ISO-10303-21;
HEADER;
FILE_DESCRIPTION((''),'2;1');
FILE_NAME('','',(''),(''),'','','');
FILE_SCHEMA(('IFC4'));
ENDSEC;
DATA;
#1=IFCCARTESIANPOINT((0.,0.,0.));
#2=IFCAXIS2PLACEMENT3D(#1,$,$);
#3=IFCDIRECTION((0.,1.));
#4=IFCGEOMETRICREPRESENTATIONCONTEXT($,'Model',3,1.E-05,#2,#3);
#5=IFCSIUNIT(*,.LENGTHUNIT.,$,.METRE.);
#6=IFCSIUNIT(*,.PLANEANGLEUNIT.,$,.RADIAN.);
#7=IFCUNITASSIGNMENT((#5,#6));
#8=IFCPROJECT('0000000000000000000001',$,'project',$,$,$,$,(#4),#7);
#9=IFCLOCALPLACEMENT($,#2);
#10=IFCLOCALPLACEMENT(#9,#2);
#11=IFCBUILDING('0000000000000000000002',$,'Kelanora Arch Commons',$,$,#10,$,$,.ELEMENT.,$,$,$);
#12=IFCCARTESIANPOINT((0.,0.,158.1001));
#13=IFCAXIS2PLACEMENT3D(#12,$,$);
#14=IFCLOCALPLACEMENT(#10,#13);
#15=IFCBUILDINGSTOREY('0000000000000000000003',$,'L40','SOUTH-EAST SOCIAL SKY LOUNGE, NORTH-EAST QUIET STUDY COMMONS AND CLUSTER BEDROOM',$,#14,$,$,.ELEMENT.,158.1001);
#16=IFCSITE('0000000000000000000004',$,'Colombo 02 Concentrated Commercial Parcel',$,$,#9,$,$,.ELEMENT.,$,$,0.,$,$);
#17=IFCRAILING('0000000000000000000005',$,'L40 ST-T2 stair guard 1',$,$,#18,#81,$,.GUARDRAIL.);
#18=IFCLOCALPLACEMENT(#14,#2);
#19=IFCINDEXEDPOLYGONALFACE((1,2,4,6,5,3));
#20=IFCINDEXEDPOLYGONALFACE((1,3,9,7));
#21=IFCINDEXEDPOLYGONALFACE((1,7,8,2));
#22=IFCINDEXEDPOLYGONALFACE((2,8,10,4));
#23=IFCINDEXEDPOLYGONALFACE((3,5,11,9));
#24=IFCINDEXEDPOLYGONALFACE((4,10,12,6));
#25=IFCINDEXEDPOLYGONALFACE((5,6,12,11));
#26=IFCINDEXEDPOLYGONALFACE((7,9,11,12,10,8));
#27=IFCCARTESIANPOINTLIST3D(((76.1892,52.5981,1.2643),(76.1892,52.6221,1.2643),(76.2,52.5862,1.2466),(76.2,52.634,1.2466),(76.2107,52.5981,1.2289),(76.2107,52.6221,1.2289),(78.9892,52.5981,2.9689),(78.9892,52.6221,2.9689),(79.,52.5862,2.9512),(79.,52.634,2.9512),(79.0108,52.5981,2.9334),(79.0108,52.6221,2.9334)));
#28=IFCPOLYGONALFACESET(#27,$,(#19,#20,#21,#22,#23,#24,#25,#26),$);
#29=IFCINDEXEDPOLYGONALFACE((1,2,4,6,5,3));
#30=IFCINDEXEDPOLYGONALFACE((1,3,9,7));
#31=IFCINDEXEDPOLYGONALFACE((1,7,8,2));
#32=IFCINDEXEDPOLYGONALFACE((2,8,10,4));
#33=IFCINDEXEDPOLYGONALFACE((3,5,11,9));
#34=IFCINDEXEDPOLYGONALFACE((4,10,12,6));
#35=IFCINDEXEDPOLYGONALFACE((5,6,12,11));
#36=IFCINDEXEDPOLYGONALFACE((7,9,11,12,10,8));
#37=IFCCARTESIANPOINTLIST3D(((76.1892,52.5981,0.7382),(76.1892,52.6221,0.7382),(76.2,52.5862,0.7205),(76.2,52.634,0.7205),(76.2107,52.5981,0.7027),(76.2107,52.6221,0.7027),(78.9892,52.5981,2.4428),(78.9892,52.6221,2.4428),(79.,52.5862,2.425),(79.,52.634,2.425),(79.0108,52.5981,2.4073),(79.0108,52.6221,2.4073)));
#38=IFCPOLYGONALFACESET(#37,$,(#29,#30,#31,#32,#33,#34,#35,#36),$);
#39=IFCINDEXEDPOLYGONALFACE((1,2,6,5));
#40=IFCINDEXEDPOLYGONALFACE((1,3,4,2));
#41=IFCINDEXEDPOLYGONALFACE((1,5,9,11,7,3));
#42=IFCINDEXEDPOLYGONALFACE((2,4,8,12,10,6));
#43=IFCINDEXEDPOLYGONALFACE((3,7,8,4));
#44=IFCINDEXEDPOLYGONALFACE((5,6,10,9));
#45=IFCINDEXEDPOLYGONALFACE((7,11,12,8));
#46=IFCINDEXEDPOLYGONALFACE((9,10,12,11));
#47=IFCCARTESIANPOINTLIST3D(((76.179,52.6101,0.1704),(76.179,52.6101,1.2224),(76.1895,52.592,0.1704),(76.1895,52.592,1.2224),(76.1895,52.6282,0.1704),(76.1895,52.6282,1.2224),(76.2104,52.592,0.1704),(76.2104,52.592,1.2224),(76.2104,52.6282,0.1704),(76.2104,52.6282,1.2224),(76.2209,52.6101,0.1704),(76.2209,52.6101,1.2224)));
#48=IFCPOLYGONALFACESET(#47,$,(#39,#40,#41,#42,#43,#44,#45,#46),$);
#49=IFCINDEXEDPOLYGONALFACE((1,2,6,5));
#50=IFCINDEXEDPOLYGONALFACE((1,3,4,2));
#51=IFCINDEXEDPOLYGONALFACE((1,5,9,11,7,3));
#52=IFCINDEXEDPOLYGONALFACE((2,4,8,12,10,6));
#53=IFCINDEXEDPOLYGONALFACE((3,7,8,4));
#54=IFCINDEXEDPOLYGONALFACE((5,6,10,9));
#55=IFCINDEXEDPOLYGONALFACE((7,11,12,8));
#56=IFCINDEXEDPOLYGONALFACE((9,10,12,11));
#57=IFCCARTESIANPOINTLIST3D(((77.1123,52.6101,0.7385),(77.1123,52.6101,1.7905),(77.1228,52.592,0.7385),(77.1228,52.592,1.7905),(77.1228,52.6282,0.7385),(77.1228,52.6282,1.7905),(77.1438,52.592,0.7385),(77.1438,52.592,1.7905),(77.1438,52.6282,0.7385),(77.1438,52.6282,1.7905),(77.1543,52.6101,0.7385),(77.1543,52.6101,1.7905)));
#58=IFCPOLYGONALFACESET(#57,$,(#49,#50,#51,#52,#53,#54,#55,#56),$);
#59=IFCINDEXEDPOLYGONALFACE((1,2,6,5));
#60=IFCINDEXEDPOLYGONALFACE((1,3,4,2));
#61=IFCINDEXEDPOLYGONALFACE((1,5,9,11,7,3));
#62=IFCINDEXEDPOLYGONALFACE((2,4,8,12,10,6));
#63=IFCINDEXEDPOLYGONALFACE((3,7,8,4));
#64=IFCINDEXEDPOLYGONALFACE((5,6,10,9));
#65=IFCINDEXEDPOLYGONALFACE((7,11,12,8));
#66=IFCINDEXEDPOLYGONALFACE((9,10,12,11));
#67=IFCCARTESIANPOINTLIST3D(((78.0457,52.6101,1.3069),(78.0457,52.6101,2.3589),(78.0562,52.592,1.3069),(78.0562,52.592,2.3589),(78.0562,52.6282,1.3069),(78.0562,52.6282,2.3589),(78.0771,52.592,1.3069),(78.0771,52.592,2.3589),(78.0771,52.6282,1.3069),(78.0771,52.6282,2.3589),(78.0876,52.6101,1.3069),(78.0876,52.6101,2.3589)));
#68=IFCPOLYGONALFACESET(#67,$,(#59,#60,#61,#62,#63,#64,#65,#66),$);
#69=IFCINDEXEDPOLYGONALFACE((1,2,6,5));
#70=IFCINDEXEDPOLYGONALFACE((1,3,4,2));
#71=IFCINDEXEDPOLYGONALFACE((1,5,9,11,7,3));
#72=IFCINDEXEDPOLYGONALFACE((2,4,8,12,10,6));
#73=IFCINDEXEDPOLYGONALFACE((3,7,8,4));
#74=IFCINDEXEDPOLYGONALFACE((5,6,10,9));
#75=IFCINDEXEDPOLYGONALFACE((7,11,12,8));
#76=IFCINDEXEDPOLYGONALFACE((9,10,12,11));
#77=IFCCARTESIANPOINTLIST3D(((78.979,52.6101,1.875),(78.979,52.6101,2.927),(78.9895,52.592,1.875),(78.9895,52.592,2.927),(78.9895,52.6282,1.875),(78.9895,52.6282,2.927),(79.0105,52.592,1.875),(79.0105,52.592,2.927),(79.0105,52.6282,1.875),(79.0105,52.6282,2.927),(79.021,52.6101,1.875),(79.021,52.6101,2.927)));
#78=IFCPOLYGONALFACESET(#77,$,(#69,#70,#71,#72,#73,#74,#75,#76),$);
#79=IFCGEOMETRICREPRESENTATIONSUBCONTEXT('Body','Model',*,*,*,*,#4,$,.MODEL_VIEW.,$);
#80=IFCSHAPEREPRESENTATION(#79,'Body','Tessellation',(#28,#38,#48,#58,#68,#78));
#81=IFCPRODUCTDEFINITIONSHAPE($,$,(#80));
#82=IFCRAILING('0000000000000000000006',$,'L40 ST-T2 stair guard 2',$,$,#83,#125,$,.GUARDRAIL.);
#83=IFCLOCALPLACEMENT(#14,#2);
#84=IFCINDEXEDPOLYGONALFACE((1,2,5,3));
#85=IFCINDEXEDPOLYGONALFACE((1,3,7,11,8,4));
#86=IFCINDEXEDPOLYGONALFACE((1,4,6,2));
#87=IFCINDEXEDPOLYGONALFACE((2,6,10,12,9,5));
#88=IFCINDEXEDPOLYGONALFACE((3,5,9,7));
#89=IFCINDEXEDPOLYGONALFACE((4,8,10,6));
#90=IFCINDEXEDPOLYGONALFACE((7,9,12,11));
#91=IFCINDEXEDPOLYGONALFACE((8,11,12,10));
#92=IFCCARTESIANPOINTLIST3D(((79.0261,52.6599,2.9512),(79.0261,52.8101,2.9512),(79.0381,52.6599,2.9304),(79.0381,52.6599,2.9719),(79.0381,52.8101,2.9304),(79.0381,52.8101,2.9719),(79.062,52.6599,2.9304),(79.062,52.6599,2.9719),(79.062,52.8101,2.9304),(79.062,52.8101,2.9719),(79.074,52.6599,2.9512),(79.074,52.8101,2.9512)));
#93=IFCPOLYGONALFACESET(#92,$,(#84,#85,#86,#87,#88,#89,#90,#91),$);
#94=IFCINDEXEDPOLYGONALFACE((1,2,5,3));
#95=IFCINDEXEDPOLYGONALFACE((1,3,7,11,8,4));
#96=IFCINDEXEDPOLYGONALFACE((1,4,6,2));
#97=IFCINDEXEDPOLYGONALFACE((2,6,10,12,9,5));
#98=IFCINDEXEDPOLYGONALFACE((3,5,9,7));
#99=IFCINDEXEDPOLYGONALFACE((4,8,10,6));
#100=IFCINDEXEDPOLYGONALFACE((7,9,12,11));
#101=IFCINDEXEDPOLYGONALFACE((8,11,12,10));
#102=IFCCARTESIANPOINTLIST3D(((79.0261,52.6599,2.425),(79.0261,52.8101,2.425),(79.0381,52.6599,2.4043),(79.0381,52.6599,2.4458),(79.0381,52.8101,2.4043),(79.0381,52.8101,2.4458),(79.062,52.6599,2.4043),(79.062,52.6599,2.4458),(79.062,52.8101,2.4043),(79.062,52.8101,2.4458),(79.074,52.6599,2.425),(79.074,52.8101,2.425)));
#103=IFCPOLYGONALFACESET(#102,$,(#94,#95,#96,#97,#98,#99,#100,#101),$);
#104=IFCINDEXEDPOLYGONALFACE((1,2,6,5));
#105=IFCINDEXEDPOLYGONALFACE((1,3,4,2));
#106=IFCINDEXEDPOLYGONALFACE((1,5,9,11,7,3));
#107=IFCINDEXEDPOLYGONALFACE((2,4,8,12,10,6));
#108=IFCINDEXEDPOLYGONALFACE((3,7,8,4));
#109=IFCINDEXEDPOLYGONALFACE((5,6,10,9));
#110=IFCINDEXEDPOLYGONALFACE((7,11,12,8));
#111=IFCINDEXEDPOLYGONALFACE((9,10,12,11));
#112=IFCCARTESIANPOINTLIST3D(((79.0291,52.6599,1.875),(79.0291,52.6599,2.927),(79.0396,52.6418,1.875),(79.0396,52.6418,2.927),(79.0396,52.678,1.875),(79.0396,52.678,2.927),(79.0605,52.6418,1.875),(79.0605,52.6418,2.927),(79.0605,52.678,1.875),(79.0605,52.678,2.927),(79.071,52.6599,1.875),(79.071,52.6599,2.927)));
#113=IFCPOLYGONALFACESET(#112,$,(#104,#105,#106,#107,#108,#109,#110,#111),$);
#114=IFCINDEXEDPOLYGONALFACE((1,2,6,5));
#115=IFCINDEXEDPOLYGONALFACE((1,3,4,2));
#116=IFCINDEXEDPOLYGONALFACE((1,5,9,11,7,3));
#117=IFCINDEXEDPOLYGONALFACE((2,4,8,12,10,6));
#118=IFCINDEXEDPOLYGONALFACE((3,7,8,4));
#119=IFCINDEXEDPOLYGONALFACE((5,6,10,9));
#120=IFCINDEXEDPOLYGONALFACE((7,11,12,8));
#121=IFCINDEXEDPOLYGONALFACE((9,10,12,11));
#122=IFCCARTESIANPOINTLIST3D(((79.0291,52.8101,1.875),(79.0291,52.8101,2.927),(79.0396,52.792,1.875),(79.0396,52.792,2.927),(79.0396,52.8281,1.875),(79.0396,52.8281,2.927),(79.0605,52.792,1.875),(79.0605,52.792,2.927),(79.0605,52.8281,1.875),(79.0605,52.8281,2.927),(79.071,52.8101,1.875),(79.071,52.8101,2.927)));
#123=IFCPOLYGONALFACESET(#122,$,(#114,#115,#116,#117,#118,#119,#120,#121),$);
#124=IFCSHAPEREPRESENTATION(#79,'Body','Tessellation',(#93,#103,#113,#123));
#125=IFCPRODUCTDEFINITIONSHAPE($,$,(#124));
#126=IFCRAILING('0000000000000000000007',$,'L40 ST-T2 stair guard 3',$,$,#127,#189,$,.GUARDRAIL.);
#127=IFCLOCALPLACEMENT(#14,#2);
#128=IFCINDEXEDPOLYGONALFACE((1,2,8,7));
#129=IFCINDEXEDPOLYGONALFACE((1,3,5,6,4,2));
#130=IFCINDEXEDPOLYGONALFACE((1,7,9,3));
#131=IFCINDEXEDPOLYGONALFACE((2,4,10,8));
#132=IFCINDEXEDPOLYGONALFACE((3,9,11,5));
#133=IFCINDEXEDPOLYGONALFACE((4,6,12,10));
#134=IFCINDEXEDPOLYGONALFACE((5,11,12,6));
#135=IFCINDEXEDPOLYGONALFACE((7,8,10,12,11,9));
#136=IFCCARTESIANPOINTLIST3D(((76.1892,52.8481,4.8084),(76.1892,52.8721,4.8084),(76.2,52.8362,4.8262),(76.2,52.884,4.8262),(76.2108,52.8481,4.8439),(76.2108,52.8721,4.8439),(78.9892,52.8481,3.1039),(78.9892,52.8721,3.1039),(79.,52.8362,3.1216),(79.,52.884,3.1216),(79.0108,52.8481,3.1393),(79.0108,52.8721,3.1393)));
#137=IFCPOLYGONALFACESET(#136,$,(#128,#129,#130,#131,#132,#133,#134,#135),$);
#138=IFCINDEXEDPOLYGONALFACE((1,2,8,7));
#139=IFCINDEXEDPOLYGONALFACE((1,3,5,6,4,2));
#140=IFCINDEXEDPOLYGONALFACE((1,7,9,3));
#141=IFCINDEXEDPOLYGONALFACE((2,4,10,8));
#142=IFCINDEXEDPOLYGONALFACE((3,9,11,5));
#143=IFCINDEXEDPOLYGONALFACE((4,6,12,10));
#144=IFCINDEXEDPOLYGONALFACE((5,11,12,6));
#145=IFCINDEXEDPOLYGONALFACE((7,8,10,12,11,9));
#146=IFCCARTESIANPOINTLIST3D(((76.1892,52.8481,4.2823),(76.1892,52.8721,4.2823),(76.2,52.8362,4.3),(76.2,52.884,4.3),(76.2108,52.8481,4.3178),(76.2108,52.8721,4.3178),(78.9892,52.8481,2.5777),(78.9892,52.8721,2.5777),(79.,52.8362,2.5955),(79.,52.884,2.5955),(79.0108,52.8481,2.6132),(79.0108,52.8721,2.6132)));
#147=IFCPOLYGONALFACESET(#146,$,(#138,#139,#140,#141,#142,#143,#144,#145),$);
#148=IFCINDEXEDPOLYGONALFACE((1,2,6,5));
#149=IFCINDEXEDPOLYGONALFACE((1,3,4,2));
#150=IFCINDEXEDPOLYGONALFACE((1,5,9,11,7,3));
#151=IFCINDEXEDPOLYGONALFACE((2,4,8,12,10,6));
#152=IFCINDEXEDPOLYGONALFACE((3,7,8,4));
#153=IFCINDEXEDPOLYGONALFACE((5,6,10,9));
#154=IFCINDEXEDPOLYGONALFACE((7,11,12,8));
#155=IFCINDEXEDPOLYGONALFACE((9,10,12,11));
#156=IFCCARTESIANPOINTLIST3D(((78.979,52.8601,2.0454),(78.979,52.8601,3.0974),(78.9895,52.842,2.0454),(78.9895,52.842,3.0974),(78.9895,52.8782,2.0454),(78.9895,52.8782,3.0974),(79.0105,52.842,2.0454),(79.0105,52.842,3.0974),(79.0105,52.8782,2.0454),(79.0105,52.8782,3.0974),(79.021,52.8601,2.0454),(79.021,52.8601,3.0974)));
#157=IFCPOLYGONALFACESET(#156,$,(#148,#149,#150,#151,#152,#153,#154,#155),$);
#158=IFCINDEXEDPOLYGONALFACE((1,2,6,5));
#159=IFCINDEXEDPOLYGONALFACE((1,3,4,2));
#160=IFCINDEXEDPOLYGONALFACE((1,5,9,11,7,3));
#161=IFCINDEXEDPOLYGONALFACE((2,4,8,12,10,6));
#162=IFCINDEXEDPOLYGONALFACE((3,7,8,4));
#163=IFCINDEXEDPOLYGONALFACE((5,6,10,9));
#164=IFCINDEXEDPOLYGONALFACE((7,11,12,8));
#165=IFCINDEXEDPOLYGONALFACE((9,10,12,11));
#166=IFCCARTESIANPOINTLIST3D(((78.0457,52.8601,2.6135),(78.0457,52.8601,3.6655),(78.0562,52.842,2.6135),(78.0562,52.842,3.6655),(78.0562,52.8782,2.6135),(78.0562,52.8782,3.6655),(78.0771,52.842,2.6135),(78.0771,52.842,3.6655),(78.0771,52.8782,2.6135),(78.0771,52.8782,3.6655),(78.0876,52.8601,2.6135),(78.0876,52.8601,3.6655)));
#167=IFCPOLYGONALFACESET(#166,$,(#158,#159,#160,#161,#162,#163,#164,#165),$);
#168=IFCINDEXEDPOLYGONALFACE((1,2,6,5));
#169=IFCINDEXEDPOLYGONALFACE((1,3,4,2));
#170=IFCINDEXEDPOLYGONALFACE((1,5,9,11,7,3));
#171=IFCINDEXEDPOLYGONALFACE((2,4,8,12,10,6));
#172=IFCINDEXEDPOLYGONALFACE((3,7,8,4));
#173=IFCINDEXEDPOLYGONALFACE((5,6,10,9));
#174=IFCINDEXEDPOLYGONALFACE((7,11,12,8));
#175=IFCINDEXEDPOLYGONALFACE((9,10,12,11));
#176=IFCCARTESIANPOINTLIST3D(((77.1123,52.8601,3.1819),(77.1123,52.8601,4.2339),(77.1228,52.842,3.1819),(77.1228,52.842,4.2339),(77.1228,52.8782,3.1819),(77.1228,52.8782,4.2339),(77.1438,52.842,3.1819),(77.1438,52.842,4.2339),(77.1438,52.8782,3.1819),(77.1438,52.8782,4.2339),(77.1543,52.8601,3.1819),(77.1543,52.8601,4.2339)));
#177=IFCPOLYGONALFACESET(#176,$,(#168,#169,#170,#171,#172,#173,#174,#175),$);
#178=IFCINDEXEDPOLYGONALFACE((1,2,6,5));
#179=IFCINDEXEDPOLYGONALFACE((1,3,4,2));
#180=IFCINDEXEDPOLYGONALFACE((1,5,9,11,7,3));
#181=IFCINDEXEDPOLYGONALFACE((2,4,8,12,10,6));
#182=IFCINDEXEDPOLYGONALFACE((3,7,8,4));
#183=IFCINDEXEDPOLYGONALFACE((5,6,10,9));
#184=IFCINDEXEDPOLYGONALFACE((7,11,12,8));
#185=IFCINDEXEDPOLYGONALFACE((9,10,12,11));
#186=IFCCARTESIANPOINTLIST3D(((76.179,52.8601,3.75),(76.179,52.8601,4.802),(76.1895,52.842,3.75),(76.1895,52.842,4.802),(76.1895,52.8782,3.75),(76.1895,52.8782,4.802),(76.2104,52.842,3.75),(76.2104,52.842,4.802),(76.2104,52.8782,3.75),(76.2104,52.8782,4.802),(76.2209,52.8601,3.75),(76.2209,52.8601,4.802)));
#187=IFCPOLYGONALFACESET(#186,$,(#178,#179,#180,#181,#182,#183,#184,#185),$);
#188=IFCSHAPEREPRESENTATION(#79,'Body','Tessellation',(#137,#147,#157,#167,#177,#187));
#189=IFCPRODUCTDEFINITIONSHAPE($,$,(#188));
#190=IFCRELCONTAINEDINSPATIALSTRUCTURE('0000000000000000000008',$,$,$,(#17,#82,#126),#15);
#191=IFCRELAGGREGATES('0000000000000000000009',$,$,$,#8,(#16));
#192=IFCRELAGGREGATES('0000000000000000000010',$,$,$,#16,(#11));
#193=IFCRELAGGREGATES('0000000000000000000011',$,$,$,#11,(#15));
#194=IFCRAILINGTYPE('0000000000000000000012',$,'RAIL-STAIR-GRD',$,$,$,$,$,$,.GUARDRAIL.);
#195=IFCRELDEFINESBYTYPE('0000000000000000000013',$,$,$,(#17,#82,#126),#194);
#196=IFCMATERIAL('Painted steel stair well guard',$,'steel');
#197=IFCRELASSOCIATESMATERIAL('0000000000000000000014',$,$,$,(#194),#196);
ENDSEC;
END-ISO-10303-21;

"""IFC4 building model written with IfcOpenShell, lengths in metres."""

from ifc_helpers import new_model, si_unit, direction, frame, origin, place, context, subcontext, project, spatial, polyline, outline, extrude, material, type_object, element, save


model = new_model("IFC4")

# Units and contexts
model_context = context("Model", 3, precision=1e-05, world=origin(), true_north=direction((0.0, 1.0)))
body_context = subcontext(model_context, "Body", "Model", "MODEL_VIEW")
ifc_project = project(units=[si_unit("LENGTHUNIT", "METRE"), si_unit("PLANEANGLEUNIT", "RADIAN")], contexts=[model_context])

# Site, building, storey
site_placement = place(None, origin())
site = spatial("IfcSite", under=ifc_project, at=site_placement, Name="Colombo 02 Concentrated Commercial Parcel", CompositionType="ELEMENT", RefElevation=0.0)
building_placement = place(site_placement, origin())
building = spatial("IfcBuilding", under=site, at=building_placement, Name="Kelanora Arch Commons", CompositionType="ELEMENT")
storey_placement = place(building_placement, frame((0.0, 0.0, 158.1001)))
storey = spatial("IfcBuildingStorey", under=building, at=storey_placement, Name="L40", Description="SOUTH-EAST SOCIAL SKY LOUNGE, NORTH-EAST QUIET STUDY COMMONS AND CLUSTER BEDROOM", CompositionType="ELEMENT", Elevation=158.1001)

# Railings
ifc_material_1 = material(Name="Painted steel stair well guard", Category="steel")
railing_type_1 = type_object("IfcRailingType", Name="RAIL-STAIR-GRD", PredefinedType="GUARDRAIL", material=ifc_material_1)
railing_1_placement = place(storey_placement, frame((76.2, 52.6101, 0.1704)))
element("IfcRailing", 1, at=railing_1_placement, inside=storey, type_object=railing_type_1, Name="L40 ST-T2 stair guard 1", PredefinedType="GUARDRAIL", context=body_context, shape_type="SweptSolid", body=[
    extrude(outline(polyline([(0.0239, 0.0), (0.012, 0.0208), (-0.012, 0.0208), (-0.0239, 0.0), (-0.012, -0.0208), (0.012, -0.0208), (0.0239, 0.0)])), frame((0.0, 0.0, 1.0762), z_axis=(0.85417, 0.0, 0.519994), x_axis=(0.0, 1.0, 0.0)), (0.0, 0.0, 1.0), 3.2781),
    extrude(outline(polyline([(0.0239, 0.0), (0.012, 0.0208), (-0.012, 0.0208), (-0.0239, 0.0), (-0.012, -0.0208), (0.012, -0.0208), (0.0239, 0.0)])), frame((0.0, 0.0, 0.55), z_axis=(0.85417, 0.0, 0.519994), x_axis=(0.0, 1.0, 0.0)), (0.0, 0.0, 1.0), 3.2781),
    extrude(outline(polyline([(0.021, 0.0), (0.0105, 0.0181), (-0.0105, 0.0181), (-0.021, 0.0), (-0.0105, -0.0181), (0.0105, -0.0181), (0.021, 0.0)])), origin(), (0.0, 0.0, 1.0), 1.052),
    extrude(outline(polyline([(0.021, 0.0), (0.0105, 0.0181), (-0.0105, 0.0181), (-0.021, 0.0), (-0.0105, -0.0181), (0.0105, -0.0181), (0.021, 0.0)])), frame((0.9333, 0.0, 0.5681)), (0.0, 0.0, 1.0), 1.052),
    extrude(outline(polyline([(0.021, 0.0), (0.0105, 0.0181), (-0.0105, 0.0181), (-0.021, 0.0), (-0.0105, -0.0181), (0.0105, -0.0181), (0.021, 0.0)])), frame((1.8667, 0.0, 1.1365)), (0.0, 0.0, 1.0), 1.052),
    extrude(outline(polyline([(0.021, 0.0), (0.0105, 0.0181), (-0.0105, 0.0181), (-0.021, 0.0), (-0.0105, -0.0181), (0.0105, -0.0181), (0.021, 0.0)])), frame((2.8, 0.0, 1.7046)), (0.0, 0.0, 1.0), 1.052),
])
railing_2_placement = place(storey_placement, frame((79.05, 52.6599, 1.875)))
element("IfcRailing", 2, at=railing_2_placement, inside=storey, type_object=railing_type_1, Name="L40 ST-T2 stair guard 2", PredefinedType="GUARDRAIL", context=body_context, shape_type="SweptSolid", body=[
    extrude(outline(polyline([(0.0239, 0.0), (0.012, 0.0208), (-0.012, 0.0208), (-0.0239, 0.0), (-0.012, -0.0208), (0.012, -0.0208), (0.0239, 0.0)])), frame((0.0, 0.0, 1.0762), z_axis=(0.0, 1.0, 0.0), x_axis=(-1.0, 0.0, 0.0)), (0.0, 0.0, 1.0), 0.1501),
    extrude(outline(polyline([(0.0239, 0.0), (0.012, 0.0208), (-0.012, 0.0208), (-0.0239, 0.0), (-0.012, -0.0208), (0.012, -0.0208), (0.0239, 0.0)])), frame((0.0, 0.0, 0.55), z_axis=(0.0, 1.0, 0.0), x_axis=(-1.0, 0.0, 0.0)), (0.0, 0.0, 1.0), 0.1501),
    extrude(outline(polyline([(0.021, 0.0), (0.0105, 0.0181), (-0.0105, 0.0181), (-0.021, 0.0), (-0.0105, -0.0181), (0.0105, -0.0181), (0.021, 0.0)])), origin(), (0.0, 0.0, 1.0), 1.052),
    extrude(outline(polyline([(0.021, 0.0), (0.0105, 0.0181), (-0.0105, 0.0181), (-0.021, 0.0), (-0.0105, -0.0181), (0.0105, -0.0181), (0.021, 0.0)])), frame((0.0, 0.1501, 0.0)), (0.0, 0.0, 1.0), 1.052),
])
railing_3_placement = place(storey_placement, frame((79.0, 52.8601, 2.0454)))
element("IfcRailing", 3, at=railing_3_placement, inside=storey, type_object=railing_type_1, Name="L40 ST-T2 stair guard 3", PredefinedType="GUARDRAIL", context=body_context, shape_type="SweptSolid", body=[
    extrude(outline(polyline([(0.0239, 0.0), (0.012, 0.0208), (-0.012, 0.0208), (-0.0239, 0.0), (-0.012, -0.0208), (0.012, -0.0208), (0.0239, 0.0)])), frame((0.0, 0.0, 1.0762), z_axis=(-0.85417, 0.0, 0.519994), x_axis=(0.0, -1.0, 0.0)), (0.0, 0.0, 1.0), 3.2781),
    extrude(outline(polyline([(0.0239, 0.0), (0.012, 0.0208), (-0.012, 0.0208), (-0.0239, 0.0), (-0.012, -0.0208), (0.012, -0.0208), (0.0239, 0.0)])), frame((0.0, 0.0, 0.55), z_axis=(-0.85417, 0.0, 0.519994), x_axis=(0.0, -1.0, 0.0)), (0.0, 0.0, 1.0), 3.2781),
    extrude(outline(polyline([(0.021, 0.0), (0.0105, 0.0181), (-0.0105, 0.0181), (-0.021, 0.0), (-0.0105, -0.0181), (0.0105, -0.0181), (0.021, 0.0)])), origin(), (0.0, 0.0, 1.0), 1.052),
    extrude(outline(polyline([(0.021, 0.0), (0.0105, 0.0181), (-0.0105, 0.0181), (-0.021, 0.0), (-0.0105, -0.0181), (0.0105, -0.0181), (0.021, 0.0)])), frame((-0.9333, 0.0, 0.5681)), (0.0, 0.0, 1.0), 1.052),
    extrude(outline(polyline([(0.021, 0.0), (0.0105, 0.0181), (-0.0105, 0.0181), (-0.021, 0.0), (-0.0105, -0.0181), (0.0105, -0.0181), (0.021, 0.0)])), frame((-1.8667, 0.0, 1.1365)), (0.0, 0.0, 1.0), 1.052),
    extrude(outline(polyline([(0.021, 0.0), (0.0105, 0.0181), (-0.0105, 0.0181), (-0.021, 0.0), (-0.0105, -0.0181), (0.0105, -0.0181), (0.021, 0.0)])), frame((-2.8, 0.0, 1.7046)), (0.0, 0.0, 1.0), 1.052),
])

save(model, "model.ifc")
